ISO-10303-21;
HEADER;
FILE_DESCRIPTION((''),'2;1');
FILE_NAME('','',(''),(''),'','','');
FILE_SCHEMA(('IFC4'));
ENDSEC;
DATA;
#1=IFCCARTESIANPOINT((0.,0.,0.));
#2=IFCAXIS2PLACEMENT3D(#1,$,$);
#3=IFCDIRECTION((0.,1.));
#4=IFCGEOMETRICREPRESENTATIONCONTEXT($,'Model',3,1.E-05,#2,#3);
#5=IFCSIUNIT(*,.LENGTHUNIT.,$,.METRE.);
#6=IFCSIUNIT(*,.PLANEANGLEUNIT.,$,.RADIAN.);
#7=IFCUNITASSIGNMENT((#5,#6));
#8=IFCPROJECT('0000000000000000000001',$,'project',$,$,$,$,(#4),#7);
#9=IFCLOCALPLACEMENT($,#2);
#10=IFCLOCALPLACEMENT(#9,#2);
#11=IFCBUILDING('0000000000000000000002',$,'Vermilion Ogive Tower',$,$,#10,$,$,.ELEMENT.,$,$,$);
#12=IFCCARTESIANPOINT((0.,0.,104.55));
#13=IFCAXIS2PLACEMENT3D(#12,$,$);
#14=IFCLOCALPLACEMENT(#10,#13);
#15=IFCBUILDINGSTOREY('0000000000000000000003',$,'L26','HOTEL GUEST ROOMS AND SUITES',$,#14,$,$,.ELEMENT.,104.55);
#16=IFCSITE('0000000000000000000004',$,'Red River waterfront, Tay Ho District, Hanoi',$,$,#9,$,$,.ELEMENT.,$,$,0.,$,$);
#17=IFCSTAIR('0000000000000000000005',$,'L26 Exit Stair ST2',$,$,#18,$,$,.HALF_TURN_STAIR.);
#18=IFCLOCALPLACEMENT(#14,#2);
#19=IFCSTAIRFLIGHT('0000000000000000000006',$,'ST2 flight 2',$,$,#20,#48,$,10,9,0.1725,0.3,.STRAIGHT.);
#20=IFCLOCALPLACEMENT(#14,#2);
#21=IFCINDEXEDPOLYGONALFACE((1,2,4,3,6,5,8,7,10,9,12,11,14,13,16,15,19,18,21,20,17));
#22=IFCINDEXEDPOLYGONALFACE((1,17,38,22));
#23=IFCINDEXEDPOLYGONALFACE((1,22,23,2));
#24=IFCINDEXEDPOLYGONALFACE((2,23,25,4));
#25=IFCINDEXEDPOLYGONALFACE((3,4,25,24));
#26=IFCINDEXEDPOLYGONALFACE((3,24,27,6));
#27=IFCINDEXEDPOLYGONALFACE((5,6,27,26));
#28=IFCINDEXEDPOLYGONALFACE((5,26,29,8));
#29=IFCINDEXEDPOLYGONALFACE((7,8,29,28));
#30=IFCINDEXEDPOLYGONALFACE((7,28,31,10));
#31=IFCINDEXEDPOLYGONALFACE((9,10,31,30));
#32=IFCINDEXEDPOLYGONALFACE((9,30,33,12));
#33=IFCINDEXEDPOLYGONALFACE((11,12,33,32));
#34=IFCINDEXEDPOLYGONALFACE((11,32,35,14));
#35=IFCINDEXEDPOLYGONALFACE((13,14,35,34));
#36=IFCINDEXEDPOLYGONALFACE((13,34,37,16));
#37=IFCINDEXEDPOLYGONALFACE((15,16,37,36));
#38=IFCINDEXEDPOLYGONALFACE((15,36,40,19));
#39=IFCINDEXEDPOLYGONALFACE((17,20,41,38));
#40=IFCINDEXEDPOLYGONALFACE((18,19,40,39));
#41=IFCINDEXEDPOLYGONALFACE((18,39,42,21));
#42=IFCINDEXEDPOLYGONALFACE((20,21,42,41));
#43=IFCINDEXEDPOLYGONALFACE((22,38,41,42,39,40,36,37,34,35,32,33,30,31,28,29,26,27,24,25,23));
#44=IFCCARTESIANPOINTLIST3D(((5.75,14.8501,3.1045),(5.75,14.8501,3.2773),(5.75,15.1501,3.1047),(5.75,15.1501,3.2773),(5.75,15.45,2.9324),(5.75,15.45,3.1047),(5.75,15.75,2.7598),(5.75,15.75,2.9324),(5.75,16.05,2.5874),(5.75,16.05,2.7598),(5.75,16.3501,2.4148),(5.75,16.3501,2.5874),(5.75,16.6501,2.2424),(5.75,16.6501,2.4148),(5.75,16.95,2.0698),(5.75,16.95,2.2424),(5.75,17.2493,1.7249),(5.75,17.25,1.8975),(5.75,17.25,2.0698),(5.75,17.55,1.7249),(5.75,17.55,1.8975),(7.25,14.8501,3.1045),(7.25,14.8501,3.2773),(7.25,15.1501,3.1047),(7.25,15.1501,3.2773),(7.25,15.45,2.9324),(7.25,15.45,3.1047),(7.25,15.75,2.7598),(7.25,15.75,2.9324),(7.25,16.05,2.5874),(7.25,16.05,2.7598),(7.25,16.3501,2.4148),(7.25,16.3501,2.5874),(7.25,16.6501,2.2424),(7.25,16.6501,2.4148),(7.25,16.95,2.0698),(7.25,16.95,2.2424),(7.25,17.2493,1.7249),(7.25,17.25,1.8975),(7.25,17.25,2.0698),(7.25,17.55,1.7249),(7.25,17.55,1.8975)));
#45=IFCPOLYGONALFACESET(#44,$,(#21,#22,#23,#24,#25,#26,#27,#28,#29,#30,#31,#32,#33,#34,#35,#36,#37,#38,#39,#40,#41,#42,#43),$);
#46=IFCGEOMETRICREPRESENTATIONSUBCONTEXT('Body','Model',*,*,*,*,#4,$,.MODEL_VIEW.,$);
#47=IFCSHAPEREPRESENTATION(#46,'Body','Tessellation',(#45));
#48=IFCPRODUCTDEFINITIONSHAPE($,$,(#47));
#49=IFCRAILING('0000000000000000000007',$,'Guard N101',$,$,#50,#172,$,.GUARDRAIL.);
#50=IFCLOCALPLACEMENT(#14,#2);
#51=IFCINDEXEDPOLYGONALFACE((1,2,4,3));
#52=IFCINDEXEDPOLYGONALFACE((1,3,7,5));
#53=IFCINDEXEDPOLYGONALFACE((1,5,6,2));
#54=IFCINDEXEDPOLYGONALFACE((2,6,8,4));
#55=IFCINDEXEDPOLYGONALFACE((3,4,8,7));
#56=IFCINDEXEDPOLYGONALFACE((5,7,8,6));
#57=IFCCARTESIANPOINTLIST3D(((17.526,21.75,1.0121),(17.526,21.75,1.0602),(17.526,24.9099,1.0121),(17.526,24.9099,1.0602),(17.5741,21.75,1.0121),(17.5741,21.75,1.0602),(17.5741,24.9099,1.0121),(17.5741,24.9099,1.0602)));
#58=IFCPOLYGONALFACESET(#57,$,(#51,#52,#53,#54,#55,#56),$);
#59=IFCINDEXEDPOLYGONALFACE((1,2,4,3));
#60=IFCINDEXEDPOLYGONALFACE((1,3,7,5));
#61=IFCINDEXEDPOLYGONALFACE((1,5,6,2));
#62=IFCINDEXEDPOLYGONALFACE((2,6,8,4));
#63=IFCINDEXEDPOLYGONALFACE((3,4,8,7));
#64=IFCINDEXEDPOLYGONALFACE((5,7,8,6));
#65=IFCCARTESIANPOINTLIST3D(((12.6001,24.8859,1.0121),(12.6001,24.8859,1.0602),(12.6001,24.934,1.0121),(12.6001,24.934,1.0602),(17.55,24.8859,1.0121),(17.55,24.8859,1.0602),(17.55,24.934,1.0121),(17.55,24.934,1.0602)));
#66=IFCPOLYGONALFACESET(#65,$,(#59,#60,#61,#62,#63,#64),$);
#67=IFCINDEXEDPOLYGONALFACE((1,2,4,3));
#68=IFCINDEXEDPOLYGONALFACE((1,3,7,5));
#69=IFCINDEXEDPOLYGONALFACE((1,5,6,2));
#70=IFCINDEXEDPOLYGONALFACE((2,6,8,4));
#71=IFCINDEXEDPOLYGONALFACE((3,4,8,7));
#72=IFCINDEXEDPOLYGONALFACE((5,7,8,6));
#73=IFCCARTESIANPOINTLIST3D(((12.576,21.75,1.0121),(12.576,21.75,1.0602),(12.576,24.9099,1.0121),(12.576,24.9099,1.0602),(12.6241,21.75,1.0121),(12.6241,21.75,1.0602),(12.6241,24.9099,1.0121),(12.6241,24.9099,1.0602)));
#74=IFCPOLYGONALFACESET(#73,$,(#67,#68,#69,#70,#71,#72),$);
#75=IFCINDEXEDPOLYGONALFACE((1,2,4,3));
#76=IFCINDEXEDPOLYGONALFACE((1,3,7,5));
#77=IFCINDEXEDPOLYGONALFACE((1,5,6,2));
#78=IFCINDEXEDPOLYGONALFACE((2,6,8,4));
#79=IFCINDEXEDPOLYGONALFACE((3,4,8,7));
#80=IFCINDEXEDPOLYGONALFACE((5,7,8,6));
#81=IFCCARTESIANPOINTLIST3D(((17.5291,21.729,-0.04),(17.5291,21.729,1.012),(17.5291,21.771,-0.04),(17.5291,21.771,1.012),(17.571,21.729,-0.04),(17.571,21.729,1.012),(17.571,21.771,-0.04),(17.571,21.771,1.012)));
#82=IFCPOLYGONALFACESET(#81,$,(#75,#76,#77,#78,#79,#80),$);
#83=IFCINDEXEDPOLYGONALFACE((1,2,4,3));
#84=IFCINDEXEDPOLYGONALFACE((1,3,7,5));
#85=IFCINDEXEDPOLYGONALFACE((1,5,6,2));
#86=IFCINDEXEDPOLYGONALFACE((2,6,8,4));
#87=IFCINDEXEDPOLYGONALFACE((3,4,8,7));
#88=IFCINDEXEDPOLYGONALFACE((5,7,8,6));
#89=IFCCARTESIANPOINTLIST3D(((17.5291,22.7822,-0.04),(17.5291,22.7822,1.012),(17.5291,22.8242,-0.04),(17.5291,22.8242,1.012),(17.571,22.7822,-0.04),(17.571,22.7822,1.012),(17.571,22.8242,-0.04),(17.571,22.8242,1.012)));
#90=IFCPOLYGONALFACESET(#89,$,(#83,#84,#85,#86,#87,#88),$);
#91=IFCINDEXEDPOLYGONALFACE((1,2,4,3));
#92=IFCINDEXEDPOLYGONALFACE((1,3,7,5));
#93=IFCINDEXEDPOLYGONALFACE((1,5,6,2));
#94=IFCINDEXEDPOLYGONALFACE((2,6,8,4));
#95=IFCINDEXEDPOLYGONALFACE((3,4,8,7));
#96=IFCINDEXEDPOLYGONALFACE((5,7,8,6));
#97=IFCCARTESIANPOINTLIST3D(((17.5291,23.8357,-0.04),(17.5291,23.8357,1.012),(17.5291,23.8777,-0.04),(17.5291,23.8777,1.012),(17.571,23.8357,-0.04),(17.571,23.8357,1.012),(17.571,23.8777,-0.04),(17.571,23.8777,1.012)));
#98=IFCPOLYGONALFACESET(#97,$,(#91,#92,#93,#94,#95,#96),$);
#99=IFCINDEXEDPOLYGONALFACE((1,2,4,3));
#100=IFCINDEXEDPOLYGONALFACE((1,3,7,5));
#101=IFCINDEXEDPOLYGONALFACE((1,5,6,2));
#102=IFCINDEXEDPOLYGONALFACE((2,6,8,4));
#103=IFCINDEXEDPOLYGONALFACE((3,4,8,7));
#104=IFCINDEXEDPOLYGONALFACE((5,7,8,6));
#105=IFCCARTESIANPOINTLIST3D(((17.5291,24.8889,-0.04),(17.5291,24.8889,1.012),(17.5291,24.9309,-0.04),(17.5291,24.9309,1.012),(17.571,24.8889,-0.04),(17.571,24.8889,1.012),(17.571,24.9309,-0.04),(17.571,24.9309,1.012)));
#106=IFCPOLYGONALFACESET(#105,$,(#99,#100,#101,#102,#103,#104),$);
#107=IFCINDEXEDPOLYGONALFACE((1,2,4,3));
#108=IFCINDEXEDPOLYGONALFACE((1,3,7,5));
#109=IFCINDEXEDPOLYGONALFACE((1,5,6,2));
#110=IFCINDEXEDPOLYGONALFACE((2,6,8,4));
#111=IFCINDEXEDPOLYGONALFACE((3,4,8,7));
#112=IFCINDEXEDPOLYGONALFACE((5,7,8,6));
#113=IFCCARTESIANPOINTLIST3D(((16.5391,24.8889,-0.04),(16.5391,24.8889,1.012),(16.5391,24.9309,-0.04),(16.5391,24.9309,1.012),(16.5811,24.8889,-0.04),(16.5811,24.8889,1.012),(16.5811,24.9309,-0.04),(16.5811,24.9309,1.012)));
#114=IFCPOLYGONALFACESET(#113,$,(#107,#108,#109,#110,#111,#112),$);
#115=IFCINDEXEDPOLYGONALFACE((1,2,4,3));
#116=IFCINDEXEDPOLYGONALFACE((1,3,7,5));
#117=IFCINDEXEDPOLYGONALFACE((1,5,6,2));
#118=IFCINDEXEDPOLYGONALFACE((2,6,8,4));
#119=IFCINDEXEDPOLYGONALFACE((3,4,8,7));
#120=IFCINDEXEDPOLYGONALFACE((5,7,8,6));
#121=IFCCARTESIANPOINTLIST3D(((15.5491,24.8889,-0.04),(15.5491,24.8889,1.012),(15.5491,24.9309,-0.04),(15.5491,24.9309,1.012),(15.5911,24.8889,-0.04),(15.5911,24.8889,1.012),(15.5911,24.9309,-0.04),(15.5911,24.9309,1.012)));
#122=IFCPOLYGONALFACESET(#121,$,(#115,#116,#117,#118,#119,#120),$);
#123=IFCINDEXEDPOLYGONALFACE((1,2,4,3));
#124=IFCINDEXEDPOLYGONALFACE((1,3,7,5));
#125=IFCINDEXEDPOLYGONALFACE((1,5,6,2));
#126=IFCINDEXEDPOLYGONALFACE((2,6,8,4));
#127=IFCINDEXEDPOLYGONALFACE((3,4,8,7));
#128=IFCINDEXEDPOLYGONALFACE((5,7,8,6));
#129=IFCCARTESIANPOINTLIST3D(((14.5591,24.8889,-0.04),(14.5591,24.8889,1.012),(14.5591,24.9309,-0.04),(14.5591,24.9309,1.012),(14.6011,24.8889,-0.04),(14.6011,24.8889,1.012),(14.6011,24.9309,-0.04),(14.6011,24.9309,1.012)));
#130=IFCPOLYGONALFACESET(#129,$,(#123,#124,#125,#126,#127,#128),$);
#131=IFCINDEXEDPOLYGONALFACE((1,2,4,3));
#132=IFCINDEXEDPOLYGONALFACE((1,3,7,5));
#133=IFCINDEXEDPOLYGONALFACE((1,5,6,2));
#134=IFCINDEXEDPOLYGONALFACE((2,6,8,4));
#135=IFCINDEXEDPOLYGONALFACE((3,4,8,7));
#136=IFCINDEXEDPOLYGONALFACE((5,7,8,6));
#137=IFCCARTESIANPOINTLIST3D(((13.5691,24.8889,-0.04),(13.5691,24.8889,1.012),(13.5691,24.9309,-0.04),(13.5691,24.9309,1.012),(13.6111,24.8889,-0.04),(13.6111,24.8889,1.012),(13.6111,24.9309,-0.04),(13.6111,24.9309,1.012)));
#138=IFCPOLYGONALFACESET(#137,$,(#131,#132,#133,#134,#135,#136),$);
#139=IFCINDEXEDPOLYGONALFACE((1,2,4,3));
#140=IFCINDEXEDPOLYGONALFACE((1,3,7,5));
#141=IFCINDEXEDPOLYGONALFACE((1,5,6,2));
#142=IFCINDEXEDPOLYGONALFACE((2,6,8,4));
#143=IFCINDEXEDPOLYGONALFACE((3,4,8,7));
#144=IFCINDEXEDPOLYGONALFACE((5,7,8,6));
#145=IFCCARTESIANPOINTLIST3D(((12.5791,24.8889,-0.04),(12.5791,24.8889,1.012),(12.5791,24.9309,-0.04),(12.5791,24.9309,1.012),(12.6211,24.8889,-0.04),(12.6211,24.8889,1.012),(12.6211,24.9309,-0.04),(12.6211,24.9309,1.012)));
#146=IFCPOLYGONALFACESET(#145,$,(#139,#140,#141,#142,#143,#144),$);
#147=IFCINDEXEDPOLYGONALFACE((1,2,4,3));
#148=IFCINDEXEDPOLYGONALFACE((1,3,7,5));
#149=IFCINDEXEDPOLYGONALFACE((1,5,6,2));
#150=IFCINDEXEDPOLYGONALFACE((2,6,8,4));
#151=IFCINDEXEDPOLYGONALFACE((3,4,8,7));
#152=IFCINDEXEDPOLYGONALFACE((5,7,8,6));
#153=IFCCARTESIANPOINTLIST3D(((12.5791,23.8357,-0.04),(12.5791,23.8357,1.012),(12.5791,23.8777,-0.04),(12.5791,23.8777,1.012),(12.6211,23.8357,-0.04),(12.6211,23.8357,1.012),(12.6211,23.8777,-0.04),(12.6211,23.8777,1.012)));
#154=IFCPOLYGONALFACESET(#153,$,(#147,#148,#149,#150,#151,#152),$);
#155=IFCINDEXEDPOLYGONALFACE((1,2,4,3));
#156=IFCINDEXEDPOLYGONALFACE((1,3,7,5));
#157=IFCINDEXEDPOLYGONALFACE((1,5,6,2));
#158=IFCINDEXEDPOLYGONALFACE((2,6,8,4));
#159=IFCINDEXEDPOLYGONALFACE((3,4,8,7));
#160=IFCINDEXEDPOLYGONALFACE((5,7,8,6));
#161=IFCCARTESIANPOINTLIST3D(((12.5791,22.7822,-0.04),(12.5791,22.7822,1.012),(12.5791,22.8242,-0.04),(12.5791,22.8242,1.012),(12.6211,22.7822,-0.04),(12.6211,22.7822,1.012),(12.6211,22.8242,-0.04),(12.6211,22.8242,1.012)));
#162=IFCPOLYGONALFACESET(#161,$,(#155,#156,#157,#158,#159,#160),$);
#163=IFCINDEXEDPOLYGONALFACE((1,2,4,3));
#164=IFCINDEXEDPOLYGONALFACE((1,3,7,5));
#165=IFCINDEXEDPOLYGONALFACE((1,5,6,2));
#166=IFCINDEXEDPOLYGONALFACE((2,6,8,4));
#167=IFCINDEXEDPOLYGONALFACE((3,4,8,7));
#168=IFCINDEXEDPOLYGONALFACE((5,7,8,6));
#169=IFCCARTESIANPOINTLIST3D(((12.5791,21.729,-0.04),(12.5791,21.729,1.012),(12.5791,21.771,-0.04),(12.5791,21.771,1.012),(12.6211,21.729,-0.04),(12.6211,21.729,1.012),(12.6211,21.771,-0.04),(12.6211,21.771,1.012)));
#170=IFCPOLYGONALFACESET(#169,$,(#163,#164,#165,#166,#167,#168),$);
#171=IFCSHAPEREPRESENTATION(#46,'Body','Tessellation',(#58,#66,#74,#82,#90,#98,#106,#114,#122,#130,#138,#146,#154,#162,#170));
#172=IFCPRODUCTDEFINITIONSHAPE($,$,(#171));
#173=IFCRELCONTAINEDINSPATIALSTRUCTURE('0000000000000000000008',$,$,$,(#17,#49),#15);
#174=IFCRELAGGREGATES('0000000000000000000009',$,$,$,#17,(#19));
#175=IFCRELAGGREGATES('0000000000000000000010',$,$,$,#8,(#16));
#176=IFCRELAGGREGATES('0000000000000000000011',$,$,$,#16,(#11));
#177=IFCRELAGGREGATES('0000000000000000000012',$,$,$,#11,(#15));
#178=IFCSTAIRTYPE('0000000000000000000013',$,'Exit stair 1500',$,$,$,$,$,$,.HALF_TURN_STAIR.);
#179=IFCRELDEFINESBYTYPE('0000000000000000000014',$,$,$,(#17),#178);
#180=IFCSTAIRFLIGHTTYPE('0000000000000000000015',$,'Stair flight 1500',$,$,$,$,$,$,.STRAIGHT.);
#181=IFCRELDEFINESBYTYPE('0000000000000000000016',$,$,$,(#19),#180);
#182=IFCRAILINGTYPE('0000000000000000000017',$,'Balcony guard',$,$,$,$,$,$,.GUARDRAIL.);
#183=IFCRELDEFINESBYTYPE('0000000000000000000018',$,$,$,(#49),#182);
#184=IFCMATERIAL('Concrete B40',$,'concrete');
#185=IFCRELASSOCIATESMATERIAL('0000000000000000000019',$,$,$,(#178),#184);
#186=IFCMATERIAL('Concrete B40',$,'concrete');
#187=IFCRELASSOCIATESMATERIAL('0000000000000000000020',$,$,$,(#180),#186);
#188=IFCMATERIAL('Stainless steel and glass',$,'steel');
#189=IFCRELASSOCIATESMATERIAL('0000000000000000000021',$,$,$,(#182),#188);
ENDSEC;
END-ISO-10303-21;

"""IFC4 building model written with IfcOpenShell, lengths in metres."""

from ifc_helpers import new_model, si_unit, direction, frame, origin, origin_2d, place, context, subcontext, project, spatial, polyline, rectangle, outline, extrude, material, type_object, element, aggregate, save


model = new_model("IFC4")

# Units and contexts
model_context = context("Model", 3, precision=1e-05, world=origin(), true_north=direction((0.0, 1.0)))
body_context = subcontext(model_context, "Body", "Model", "MODEL_VIEW")
ifc_project = project(units=[si_unit("LENGTHUNIT", "METRE"), si_unit("PLANEANGLEUNIT", "RADIAN")], contexts=[model_context])

# Site, building, storey
site_placement = place(None, origin())
site = spatial("IfcSite", under=ifc_project, at=site_placement, Name="Red River waterfront, Tay Ho District, Hanoi", CompositionType="ELEMENT", RefElevation=0.0)
building_placement = place(site_placement, origin())
building = spatial("IfcBuilding", under=site, at=building_placement, Name="Vermilion Ogive Tower", CompositionType="ELEMENT")
storey_placement = place(building_placement, frame((0.0, 0.0, 104.55)))
storey = spatial("IfcBuildingStorey", under=building, at=storey_placement, Name="L26", Description="HOTEL GUEST ROOMS AND SUITES", CompositionType="ELEMENT", Elevation=104.55)

# Stair, stair flight
ifc_material_1 = material(Name="Concrete B40", Category="concrete")
stair_type = type_object("IfcStairType", Name="Exit stair 1500", PredefinedType="HALF_TURN_STAIR", material=ifc_material_1)
stair_placement = place(storey_placement, origin())
stair = element("IfcStair", 1, at=stair_placement, inside=storey, type_object=stair_type, Name="L26 Exit Stair ST2", PredefinedType="HALF_TURN_STAIR")
ifc_material_2 = material(Name="Concrete B40", Category="concrete")
stair_flight_type = type_object("IfcStairFlightType", Name="Stair flight 1500", PredefinedType="STRAIGHT", material=ifc_material_2)
stair_flight_1_placement = place(storey_placement, frame((6.5, 17.55, 1.7249), z_axis=(0.0, 0.0, 1.0), x_axis=(0.0, -1.0, 0.0)))
stair_flight_1 = element("IfcStairFlight", 2, at=stair_flight_1_placement, type_object=stair_flight_type, Name="ST2 flight 2", NumberOfRisers=10, NumberOfTreads=9, PredefinedType="STRAIGHT", RiserHeight=0.1725, TreadLength=0.3, context=body_context, shape_type="SweptSolid", body=[
    extrude(outline(polyline([(0.0, 0.0), (0.0, 0.1726), (0.3, 0.1726), (0.3, 0.345), (0.6001, 0.345), (0.6001, 0.5176), (0.8999, 0.5176), (0.8999, 0.6899), (1.2, 0.6899), (1.2, 0.8625), (1.5, 0.8625), (1.5, 1.0349), (1.8, 1.0349), (1.8, 1.2075), (2.1001, 1.2075), (2.1001, 1.3799), (2.3999, 1.3799), (2.3999, 1.5525), (2.7, 1.5525), (2.7, 1.7251), (2.7, 1.3796), (0.3008, 0.0), (0.0, 0.0)])), frame((0.0, 0.75, 0.0), z_axis=(0.0, -1.0, 0.0), x_axis=(1.0, 0.0, 0.0)), (0.0, 0.0, 1.0), 1.5),
])
aggregate(stair, [stair_flight_1])

# Railing
ifc_material_3 = material(Name="Stainless steel and glass", Category="steel")
railing_type_1 = type_object("IfcRailingType", Name="Balcony guard", PredefinedType="GUARDRAIL", material=ifc_material_3)
railing_1_placement = place(storey_placement, frame((17.55, 21.75, -0.04)))
element("IfcRailing", 3, at=railing_1_placement, inside=storey, type_object=railing_type_1, Name="Guard N101", PredefinedType="GUARDRAIL", context=body_context, shape_type="SweptSolid", body=[
    extrude(rectangle(XDim=0.0481, YDim=0.0481, at=origin_2d()), frame((0.0, 0.0, 1.0762), z_axis=(0.0, 1.0, 0.0), x_axis=(-1.0, 0.0, 0.0)), (0.0, 0.0, 1.0), 3.1599),
    extrude(rectangle(XDim=0.0481, YDim=0.0481, at=origin_2d()), frame((0.0, 3.1599, 1.0762), z_axis=(-1.0, 0.0, 0.0), x_axis=(0.0, -1.0, 0.0)), (0.0, 0.0, 1.0), 4.95),
    extrude(rectangle(XDim=0.0481, YDim=0.0481, at=origin_2d()), frame((-4.95, 3.1599, 1.0762), z_axis=(0.0, -1.0, 0.0), x_axis=(1.0, 0.0, 0.0)), (0.0, 0.0, 1.0), 3.1599),
    extrude(rectangle(XDim=0.042, YDim=0.042, at=origin_2d()), origin(), (0.0, 0.0, 1.0), 1.052),
    extrude(rectangle(XDim=0.042, YDim=0.042, at=origin_2d()), frame((0.0, 1.0532, 0.0)), (0.0, 0.0, 1.0), 1.052),
    extrude(rectangle(XDim=0.042, YDim=0.042, at=origin_2d()), frame((0.0, 2.1067, 0.0)), (0.0, 0.0, 1.0), 1.052),
    extrude(rectangle(XDim=0.042, YDim=0.042, at=origin_2d()), frame((0.0, 3.1599, 0.0)), (0.0, 0.0, 1.0), 1.052),
    extrude(rectangle(XDim=0.042, YDim=0.042, at=origin_2d()), frame((-0.99, 3.1599, 0.0)), (0.0, 0.0, 1.0), 1.052),
    extrude(rectangle(XDim=0.042, YDim=0.042, at=origin_2d()), frame((-1.98, 3.1599, 0.0)), (0.0, 0.0, 1.0), 1.052),
    extrude(rectangle(XDim=0.042, YDim=0.042, at=origin_2d()), frame((-2.97, 3.1599, 0.0)), (0.0, 0.0, 1.0), 1.052),
    extrude(rectangle(XDim=0.042, YDim=0.042, at=origin_2d()), frame((-3.96, 3.1599, 0.0)), (0.0, 0.0, 1.0), 1.052),
    extrude(rectangle(XDim=0.042, YDim=0.042, at=origin_2d()), frame((-4.95, 3.1599, 0.0)), (0.0, 0.0, 1.0), 1.052),
    extrude(rectangle(XDim=0.042, YDim=0.042, at=origin_2d()), frame((-4.95, 2.1067, 0.0)), (0.0, 0.0, 1.0), 1.052),
    extrude(rectangle(XDim=0.042, YDim=0.042, at=origin_2d()), frame((-4.95, 1.0532, 0.0)), (0.0, 0.0, 1.0), 1.052),
    extrude(rectangle(XDim=0.042, YDim=0.042, at=origin_2d()), frame((-4.95, 0.0, 0.0)), (0.0, 0.0, 1.0), 1.052),
])

save(model, "model.ifc")
